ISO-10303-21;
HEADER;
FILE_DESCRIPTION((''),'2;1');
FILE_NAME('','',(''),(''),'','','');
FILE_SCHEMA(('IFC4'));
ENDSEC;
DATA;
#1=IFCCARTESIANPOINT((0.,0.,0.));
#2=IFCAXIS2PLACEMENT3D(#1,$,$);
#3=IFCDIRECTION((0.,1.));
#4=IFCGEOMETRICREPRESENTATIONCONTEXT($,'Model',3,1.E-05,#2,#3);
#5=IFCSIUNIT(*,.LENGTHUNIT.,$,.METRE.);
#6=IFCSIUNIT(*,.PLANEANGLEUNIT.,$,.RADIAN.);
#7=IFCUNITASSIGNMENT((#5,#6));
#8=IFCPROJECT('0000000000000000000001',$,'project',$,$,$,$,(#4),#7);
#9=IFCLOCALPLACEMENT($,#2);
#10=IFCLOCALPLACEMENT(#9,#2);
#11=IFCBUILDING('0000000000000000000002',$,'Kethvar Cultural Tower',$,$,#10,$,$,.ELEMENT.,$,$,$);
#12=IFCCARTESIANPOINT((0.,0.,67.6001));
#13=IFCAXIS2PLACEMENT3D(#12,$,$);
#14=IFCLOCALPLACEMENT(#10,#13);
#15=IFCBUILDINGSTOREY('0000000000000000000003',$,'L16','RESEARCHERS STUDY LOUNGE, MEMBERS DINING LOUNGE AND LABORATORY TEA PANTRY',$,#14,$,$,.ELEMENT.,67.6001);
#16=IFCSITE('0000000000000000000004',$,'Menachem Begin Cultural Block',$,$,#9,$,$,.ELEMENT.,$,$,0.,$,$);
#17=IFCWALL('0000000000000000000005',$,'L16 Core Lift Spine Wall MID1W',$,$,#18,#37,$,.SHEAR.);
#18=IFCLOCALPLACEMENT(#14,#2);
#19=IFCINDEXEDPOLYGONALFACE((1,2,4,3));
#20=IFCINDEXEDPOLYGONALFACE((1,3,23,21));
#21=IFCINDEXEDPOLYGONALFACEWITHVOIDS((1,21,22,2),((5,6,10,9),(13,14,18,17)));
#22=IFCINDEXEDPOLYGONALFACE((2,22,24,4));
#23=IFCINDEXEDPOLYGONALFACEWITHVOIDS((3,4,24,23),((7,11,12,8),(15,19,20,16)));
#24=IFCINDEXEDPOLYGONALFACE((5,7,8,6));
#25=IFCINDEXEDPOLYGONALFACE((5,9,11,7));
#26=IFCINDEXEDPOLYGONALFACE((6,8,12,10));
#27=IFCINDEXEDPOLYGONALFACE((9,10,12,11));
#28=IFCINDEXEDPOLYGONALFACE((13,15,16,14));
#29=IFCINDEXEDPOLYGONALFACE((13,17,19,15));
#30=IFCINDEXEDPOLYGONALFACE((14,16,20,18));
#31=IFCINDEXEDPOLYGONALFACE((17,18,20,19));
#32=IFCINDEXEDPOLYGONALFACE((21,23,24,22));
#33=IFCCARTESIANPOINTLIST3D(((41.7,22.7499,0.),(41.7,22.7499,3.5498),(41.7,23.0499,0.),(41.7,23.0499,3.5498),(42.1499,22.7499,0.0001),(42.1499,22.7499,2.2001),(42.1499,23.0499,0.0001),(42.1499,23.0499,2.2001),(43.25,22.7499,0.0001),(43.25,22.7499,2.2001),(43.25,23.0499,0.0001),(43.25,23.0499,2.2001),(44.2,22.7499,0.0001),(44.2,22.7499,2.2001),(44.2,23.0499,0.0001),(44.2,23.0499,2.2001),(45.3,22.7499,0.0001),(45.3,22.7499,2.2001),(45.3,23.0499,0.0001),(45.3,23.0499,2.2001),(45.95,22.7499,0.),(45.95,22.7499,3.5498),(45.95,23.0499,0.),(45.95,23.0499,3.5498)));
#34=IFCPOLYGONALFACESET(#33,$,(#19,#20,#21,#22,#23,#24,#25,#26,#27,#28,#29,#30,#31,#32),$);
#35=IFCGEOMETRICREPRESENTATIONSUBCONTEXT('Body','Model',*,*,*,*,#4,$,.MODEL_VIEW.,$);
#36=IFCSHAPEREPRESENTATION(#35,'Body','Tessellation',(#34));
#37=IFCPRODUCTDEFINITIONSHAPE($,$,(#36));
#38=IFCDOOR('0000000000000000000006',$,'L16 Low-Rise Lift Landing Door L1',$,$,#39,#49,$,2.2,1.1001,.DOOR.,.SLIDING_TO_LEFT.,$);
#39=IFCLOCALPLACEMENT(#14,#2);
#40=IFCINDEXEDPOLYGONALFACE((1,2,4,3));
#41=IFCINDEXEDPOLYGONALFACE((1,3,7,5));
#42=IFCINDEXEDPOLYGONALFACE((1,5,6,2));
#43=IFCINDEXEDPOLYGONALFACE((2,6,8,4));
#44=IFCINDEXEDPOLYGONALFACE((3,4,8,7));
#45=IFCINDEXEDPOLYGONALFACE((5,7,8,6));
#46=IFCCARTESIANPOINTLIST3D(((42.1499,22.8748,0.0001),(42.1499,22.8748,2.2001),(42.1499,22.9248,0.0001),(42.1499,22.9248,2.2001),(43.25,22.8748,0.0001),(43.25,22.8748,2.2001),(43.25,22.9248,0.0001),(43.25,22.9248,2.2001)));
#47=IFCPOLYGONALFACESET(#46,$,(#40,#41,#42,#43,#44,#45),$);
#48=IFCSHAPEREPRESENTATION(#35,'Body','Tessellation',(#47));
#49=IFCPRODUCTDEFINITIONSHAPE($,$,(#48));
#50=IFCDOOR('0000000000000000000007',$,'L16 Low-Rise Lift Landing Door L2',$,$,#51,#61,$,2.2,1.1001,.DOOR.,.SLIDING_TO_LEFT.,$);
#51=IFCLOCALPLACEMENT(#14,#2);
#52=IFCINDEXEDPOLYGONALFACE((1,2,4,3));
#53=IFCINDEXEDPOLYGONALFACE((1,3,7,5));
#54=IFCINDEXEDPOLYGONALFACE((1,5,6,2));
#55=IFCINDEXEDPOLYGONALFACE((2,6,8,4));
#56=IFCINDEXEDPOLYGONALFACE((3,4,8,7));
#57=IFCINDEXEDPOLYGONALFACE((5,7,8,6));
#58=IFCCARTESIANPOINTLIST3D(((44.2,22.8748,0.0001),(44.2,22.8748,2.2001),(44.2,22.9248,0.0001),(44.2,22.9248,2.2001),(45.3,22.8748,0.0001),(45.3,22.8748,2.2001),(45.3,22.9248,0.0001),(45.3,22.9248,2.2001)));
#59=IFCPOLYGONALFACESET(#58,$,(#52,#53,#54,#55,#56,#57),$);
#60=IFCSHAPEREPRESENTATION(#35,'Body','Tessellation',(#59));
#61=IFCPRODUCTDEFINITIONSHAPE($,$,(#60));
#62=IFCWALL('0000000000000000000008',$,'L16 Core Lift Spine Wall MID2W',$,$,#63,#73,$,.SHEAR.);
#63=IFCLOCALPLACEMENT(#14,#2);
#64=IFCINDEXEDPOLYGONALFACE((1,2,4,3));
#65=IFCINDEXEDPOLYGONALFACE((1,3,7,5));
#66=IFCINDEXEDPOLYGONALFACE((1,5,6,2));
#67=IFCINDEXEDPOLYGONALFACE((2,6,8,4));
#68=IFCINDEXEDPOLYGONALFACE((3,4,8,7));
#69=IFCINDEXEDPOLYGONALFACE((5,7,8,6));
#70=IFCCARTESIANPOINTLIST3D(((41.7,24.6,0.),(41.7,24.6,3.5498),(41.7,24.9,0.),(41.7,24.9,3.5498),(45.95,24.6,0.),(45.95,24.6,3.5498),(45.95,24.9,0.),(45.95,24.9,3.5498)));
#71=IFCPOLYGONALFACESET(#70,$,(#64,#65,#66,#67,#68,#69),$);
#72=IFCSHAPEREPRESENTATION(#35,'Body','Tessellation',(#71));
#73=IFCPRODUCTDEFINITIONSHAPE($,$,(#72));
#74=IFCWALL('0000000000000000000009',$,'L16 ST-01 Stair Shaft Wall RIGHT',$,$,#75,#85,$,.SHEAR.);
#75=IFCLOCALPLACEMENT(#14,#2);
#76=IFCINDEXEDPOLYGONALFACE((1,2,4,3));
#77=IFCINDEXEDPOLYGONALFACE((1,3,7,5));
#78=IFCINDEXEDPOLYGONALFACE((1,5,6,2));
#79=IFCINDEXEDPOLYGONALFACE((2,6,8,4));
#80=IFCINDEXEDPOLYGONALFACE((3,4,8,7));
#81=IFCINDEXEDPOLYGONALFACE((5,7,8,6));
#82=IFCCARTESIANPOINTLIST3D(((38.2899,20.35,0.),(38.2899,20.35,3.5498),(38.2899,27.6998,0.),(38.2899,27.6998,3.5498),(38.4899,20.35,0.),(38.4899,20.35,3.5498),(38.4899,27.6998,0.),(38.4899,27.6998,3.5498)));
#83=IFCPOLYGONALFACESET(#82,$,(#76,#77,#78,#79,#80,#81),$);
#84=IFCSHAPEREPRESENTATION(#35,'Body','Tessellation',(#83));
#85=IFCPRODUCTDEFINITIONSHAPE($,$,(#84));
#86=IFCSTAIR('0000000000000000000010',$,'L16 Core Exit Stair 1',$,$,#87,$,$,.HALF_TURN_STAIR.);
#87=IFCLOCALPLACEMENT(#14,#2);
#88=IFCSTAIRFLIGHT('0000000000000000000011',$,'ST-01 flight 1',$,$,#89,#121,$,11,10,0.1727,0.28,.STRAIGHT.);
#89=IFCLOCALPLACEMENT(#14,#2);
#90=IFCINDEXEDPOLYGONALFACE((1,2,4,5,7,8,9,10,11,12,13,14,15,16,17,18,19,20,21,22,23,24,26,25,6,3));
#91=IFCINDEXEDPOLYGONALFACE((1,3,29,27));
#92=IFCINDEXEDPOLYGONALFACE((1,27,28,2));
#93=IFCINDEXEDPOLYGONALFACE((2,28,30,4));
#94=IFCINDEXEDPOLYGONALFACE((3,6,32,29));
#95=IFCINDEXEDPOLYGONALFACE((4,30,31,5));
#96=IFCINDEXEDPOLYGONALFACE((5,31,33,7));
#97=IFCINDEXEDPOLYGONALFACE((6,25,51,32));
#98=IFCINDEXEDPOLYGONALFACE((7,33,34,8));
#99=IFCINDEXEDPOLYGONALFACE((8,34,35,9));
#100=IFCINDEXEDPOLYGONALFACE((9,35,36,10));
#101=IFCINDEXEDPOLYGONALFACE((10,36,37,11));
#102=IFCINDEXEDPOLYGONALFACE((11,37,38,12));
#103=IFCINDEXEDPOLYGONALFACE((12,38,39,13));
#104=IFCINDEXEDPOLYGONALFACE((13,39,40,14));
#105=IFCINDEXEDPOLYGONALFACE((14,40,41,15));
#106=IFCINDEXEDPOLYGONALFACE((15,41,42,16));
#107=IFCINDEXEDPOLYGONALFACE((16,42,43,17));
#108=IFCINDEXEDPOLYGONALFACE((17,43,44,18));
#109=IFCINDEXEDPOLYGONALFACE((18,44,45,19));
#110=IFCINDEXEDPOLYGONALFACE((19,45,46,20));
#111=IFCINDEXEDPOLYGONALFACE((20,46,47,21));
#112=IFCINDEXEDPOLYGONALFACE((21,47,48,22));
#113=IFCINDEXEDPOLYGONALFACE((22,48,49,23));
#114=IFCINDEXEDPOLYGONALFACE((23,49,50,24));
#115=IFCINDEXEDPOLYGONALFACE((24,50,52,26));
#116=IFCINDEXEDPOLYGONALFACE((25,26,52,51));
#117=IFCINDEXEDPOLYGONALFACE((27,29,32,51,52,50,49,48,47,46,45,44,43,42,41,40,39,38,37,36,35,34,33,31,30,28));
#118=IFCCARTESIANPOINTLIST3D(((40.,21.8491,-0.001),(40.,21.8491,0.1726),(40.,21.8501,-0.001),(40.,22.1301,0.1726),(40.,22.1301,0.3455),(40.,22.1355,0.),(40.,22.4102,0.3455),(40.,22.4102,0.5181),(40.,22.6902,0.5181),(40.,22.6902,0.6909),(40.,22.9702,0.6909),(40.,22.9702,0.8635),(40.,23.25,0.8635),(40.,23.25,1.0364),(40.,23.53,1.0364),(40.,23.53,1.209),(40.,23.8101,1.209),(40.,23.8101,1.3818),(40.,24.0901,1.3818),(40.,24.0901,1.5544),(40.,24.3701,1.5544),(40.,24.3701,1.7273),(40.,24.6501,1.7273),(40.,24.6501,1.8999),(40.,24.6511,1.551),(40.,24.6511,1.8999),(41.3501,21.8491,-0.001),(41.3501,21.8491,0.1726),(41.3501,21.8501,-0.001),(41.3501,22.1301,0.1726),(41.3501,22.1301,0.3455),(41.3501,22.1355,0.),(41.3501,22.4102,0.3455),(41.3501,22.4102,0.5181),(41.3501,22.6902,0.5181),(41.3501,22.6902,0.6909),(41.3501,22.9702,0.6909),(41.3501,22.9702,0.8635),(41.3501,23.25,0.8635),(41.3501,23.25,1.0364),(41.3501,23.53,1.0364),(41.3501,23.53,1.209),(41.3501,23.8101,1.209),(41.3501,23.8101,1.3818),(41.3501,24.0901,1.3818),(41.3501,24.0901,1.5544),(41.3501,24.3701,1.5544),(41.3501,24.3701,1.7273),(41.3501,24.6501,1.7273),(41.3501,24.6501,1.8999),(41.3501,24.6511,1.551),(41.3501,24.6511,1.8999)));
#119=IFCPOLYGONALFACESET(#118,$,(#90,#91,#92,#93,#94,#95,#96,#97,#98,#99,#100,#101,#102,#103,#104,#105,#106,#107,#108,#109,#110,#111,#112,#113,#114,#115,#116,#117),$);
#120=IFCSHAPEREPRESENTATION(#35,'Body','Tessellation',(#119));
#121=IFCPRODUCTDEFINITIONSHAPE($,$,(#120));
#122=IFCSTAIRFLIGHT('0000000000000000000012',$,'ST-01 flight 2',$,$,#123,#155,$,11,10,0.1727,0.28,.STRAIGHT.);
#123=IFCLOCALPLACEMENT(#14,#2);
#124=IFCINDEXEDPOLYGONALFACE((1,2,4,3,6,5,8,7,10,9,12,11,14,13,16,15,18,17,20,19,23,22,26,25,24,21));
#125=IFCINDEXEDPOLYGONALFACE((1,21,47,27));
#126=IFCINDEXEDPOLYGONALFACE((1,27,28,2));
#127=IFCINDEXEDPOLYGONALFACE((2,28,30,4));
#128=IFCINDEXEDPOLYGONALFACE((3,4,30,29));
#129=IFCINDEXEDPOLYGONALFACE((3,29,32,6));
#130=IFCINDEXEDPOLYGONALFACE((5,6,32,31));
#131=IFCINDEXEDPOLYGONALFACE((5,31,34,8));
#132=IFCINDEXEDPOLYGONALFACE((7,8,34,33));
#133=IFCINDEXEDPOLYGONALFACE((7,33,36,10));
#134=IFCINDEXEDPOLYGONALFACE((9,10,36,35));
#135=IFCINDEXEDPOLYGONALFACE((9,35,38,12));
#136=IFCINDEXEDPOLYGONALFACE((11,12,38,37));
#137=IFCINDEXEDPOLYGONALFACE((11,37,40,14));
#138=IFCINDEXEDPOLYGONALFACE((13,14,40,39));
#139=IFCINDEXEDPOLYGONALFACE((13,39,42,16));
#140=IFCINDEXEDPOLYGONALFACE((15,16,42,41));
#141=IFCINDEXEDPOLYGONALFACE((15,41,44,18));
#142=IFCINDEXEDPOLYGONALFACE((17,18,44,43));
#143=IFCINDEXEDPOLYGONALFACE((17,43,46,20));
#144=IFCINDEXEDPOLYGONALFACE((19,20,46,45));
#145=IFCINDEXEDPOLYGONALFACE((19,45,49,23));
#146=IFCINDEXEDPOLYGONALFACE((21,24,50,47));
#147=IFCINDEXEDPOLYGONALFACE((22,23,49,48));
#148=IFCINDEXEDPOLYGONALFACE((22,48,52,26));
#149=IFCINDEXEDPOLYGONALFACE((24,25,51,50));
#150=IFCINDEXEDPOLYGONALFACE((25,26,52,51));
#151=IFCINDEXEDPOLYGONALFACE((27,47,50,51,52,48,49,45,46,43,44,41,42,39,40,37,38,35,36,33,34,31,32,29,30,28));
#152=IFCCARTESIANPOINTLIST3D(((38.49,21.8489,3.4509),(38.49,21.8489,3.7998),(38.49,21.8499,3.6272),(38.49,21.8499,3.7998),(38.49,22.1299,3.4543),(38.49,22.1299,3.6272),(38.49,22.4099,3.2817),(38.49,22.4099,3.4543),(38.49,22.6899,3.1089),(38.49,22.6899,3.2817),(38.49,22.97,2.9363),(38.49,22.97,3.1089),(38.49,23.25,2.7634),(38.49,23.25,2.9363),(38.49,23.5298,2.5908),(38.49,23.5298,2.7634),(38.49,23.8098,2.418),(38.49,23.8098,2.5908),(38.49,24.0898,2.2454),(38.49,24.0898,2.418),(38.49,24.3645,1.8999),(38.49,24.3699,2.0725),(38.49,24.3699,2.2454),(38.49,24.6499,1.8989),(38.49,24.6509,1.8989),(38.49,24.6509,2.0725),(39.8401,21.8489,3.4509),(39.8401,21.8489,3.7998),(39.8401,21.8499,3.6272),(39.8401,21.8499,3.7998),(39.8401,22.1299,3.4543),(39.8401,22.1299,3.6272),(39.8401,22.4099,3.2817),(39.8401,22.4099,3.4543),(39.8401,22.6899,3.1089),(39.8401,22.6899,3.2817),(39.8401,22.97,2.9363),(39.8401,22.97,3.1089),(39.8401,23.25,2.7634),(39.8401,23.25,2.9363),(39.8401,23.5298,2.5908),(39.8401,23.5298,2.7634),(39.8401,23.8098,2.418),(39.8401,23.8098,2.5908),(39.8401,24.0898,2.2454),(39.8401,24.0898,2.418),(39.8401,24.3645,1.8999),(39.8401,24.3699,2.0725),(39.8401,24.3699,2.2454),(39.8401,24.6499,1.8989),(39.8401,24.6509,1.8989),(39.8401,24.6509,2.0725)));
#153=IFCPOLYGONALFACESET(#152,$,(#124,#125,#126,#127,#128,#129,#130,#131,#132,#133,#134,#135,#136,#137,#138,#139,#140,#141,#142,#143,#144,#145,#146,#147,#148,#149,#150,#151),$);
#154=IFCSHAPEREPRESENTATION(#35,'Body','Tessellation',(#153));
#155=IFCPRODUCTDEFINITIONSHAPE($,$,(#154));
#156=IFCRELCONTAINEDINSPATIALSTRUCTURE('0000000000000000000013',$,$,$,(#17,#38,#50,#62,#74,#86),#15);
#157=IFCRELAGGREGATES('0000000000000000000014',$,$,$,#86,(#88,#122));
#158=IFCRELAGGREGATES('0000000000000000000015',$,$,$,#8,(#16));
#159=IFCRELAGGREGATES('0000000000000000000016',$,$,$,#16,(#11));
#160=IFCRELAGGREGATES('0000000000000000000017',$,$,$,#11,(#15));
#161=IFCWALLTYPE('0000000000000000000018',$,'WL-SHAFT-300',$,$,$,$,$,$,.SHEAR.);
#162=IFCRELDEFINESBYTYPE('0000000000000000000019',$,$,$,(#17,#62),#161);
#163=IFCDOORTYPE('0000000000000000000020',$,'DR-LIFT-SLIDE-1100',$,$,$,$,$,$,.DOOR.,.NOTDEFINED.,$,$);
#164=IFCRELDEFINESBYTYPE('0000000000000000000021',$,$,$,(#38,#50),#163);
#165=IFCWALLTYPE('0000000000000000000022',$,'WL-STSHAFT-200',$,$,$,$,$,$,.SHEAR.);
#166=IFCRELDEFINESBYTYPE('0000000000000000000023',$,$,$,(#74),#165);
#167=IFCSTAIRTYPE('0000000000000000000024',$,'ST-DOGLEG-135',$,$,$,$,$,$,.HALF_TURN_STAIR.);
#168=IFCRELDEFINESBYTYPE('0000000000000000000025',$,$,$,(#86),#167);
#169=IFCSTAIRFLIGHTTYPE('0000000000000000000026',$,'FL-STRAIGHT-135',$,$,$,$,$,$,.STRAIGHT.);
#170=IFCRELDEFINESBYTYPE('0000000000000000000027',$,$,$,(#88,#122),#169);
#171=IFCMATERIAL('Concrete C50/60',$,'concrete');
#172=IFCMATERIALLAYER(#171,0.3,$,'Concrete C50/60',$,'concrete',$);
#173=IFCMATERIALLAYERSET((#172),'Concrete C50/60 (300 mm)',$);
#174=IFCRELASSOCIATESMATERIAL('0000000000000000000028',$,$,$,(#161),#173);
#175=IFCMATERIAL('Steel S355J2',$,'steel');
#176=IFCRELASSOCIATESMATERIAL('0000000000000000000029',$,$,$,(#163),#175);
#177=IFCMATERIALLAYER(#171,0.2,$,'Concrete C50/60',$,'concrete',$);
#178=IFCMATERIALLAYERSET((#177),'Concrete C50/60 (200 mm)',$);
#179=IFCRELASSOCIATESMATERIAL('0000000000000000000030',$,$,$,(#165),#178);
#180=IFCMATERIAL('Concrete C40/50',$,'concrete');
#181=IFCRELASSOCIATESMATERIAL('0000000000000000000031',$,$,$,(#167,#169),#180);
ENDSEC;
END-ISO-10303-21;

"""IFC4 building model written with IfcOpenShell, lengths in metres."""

from ifc_helpers import new_model, si_unit, direction, frame, frame_2d, origin, place, context, subcontext, project, spatial, polyline, rectangle, outline, extrude, source, transform, mapped, material, layer, layer_set, type_object, element, fill, aggregate, save


model = new_model("IFC4")

# Units and contexts
model_context = context("Model", 3, precision=1e-05, world=origin(), true_north=direction((0.0, 1.0)))
body_context = subcontext(model_context, "Body", "Model", "MODEL_VIEW")
ifc_project = project(units=[si_unit("LENGTHUNIT", "METRE"), si_unit("PLANEANGLEUNIT", "RADIAN")], contexts=[model_context])

# Site, building, storey
site_placement = place(None, origin())
site = spatial("IfcSite", under=ifc_project, at=site_placement, Name="Menachem Begin Cultural Block", CompositionType="ELEMENT", RefElevation=0.0)
building_placement = place(site_placement, origin())
building = spatial("IfcBuilding", under=site, at=building_placement, Name="Kethvar Cultural Tower", CompositionType="ELEMENT")
storey_placement = place(building_placement, frame((0.0, 0.0, 67.6001)))
storey = spatial("IfcBuildingStorey", under=building, at=storey_placement, Name="L16", Description="RESEARCHERS STUDY LOUNGE, MEMBERS DINING LOUNGE AND LABORATORY TEA PANTRY", CompositionType="ELEMENT", Elevation=67.6001)

# Shared definitions
ifc_material_1 = material(Name="Steel S355J2", Category="steel")

# Wall, openings, doors
ifc_material_2 = material(Name="Concrete C50/60", Category="concrete")
ifc_layer_1 = layer(ifc_material_2, 0.3, Name="Concrete C50/60", Category="concrete")
ifc_layer_set_1 = layer_set([ifc_layer_1], Name="Concrete C50/60 (300 mm)")
wall_type_1 = type_object("IfcWallType", Name="WL-SHAFT-300", PredefinedType="SHEAR", material=ifc_layer_set_1)
wall_1_placement = place(storey_placement, frame((41.7, 22.8999, 0.0), z_axis=(0.0, 0.0, 1.0), x_axis=(1.0, 0.0, 0.0)))
wall_1 = element("IfcWall", 1, at=wall_1_placement, inside=storey, type_object=wall_type_1, Name="L16 Core Lift Spine Wall MID1W", PredefinedType="SHEAR", context=body_context, shape_type="SweptSolid", body=[
    extrude(rectangle(XDim=4.25, YDim=0.3, at=frame_2d((2.125, 0.0))), origin(), (0.0, 0.0, 1.0), 3.5498),
])
opening_1_placement = place(wall_1_placement, frame((0.45, 0.0, 0.0)))
opening_1 = element("IfcOpeningElement", 2, at=opening_1_placement, cuts=wall_1, PredefinedType="OPENING", context=body_context, shape_type="SweptSolid", body=[
    extrude(rectangle(XDim=1.1001, YDim=2.2, at=frame_2d((0.55, 1.1001))), frame((0.0, 0.1599, 0.0), z_axis=(0.0, -1.0, 0.0), x_axis=(1.0, 0.0, 0.0)), (0.0, 0.0, 1.0), 0.3201),
])
opening_2_placement = place(wall_1_placement, frame((2.5, 0.0, 0.0)))
opening_2 = element("IfcOpeningElement", 3, at=opening_2_placement, cuts=wall_1, PredefinedType="OPENING", context=body_context, shape_type="SweptSolid", body=[
    extrude(rectangle(XDim=1.1001, YDim=2.2, at=frame_2d((0.55, 1.1001))), frame((0.0, 0.1599, 0.0), z_axis=(0.0, -1.0, 0.0), x_axis=(1.0, 0.0, 0.0)), (0.0, 0.0, 1.0), 0.3201),
])
door_type_1 = type_object("IfcDoorType", Name="DR-LIFT-SLIDE-1100", OperationType="NOTDEFINED", PredefinedType="DOOR", material=ifc_material_1)
shared_shape_1 = source(origin(), body_context, "Body", "SweptSolid", [
    extrude(rectangle(XDim=1.1001, YDim=2.2, at=frame_2d((0.55, 1.1001))), frame((0.0, 0.0249, 0.0), z_axis=(0.0, -1.0, 0.0), x_axis=(1.0, 0.0, 0.0)), (0.0, 0.0, 1.0), 0.05),
])
door_1_placement = place(opening_1_placement, origin())
door_1 = element("IfcDoor", 4, at=door_1_placement, inside=storey, type_object=door_type_1, Name="L16 Low-Rise Lift Landing Door L1", OperationType="SLIDING_TO_LEFT", OverallHeight=2.2, OverallWidth=1.1001, PredefinedType="DOOR", context=body_context, shape_type="MappedRepresentation", body=[
    mapped(shared_shape_1, transform((0.0, 0.0, 0.0), scale=1.0)),
])
fill(opening_1, door_1)
door_2_placement = place(opening_2_placement, origin())
door_2 = element("IfcDoor", 5, at=door_2_placement, inside=storey, type_object=door_type_1, Name="L16 Low-Rise Lift Landing Door L2", OperationType="SLIDING_TO_LEFT", OverallHeight=2.2, OverallWidth=1.1001, PredefinedType="DOOR", context=body_context, shape_type="MappedRepresentation", body=[
    mapped(shared_shape_1, transform((0.0, 0.0, 0.0), scale=1.0)),
])
fill(opening_2, door_2)

# Walls
wall_2_placement = place(storey_placement, frame((41.7, 24.75, 0.0), z_axis=(0.0, 0.0, 1.0), x_axis=(1.0, 0.0, 0.0)))
element("IfcWall", 6, at=wall_2_placement, inside=storey, type_object=wall_type_1, Name="L16 Core Lift Spine Wall MID2W", PredefinedType="SHEAR", context=body_context, shape_type="SweptSolid", body=[
    extrude(rectangle(XDim=4.25, YDim=0.3, at=frame_2d((2.125, 0.0))), origin(), (0.0, 0.0, 1.0), 3.5498),
])
ifc_layer_2 = layer(ifc_material_2, 0.2, Name="Concrete C50/60", Category="concrete")
ifc_layer_set_2 = layer_set([ifc_layer_2], Name="Concrete C50/60 (200 mm)")
wall_type_2 = type_object("IfcWallType", Name="WL-STSHAFT-200", PredefinedType="SHEAR", material=ifc_layer_set_2)
wall_3_placement = place(storey_placement, frame((38.3899, 20.3501, 0.0), z_axis=(0.0, 0.0, 1.0), x_axis=(0.0, 1.0, 0.0)))
element("IfcWall", 7, at=wall_3_placement, inside=storey, type_object=wall_type_2, Name="L16 ST-01 Stair Shaft Wall RIGHT", PredefinedType="SHEAR", context=body_context, shape_type="SweptSolid", body=[
    extrude(rectangle(XDim=7.3499, YDim=0.2, at=frame_2d((3.6748, 0.0))), origin(), (0.0, 0.0, 1.0), 3.5498),
])

# Stair, stair flights
ifc_material_3 = material(Name="Concrete C40/50", Category="concrete")
stair_type = type_object("IfcStairType", Name="ST-DOGLEG-135", PredefinedType="HALF_TURN_STAIR", material=ifc_material_3)
stair_placement = place(storey_placement, origin())
stair = element("IfcStair", 8, at=stair_placement, inside=storey, type_object=stair_type, Name="L16 Core Exit Stair 1", PredefinedType="HALF_TURN_STAIR")
stair_flight_type = type_object("IfcStairFlightType", Name="FL-STRAIGHT-135", PredefinedType="STRAIGHT", material=ifc_material_3)
stair_flight_1_placement = place(storey_placement, frame((40.675, 21.8501, 0.0), z_axis=(0.0, 0.0, 1.0), x_axis=(0.0, 1.0, 0.0)))
stair_flight_1 = element("IfcStairFlight", 9, at=stair_flight_1_placement, type_object=stair_flight_type, Name="ST-01 flight 1", NumberOfRisers=11, NumberOfTreads=10, PredefinedType="STRAIGHT", RiserHeight=0.1727, TreadLength=0.28, context=body_context, shape_type="SweptSolid", body=[
    extrude(outline(polyline([(-0.001, -0.001), (-0.001, 0.1726), (0.28, 0.1726), (0.28, 0.3455), (0.5601, 0.3455), (0.5601, 0.5181), (0.8401, 0.5181), (0.8401, 0.6909), (1.1201, 0.6909), (1.1201, 0.8635), (1.3999, 0.8635), (1.3999, 1.0364), (1.6799, 1.0364), (1.6799, 1.209), (1.96, 1.209), (1.96, 1.3818), (2.24, 1.3818), (2.24, 1.5544), (2.52, 1.5544), (2.52, 1.7273), (2.8, 1.7273), (2.8, 1.8999), (2.801, 1.8999), (2.801, 1.551), (0.2854, 0.0), (0.0, -0.001), (-0.001, -0.001)])), frame((0.0, 0.675, 0.0), z_axis=(0.0, -1.0, 0.0), x_axis=(1.0, 0.0, 0.0)), (0.0, 0.0, 1.0), 1.3501),
])
stair_flight_2_placement = place(storey_placement, frame((39.165, 24.6499, 1.8999), z_axis=(0.0, 0.0, 1.0), x_axis=(0.0, -1.0, 0.0)))
stair_flight_2 = element("IfcStairFlight", 10, at=stair_flight_2_placement, type_object=stair_flight_type, Name="ST-01 flight 2", NumberOfRisers=11, NumberOfTreads=10, PredefinedType="STRAIGHT", RiserHeight=0.1727, TreadLength=0.28, context=body_context, shape_type="SweptSolid", body=[
    extrude(outline(polyline([(-0.001, -0.001), (-0.001, 0.1726), (0.28, 0.1726), (0.28, 0.3455), (0.5601, 0.3455), (0.5601, 0.5181), (0.8401, 0.5181), (0.8401, 0.6909), (1.1201, 0.6909), (1.1201, 0.8635), (1.3999, 0.8635), (1.3999, 1.0364), (1.6799, 1.0364), (1.6799, 1.209), (1.96, 1.209), (1.96, 1.3818), (2.24, 1.3818), (2.24, 1.5544), (2.52, 1.5544), (2.52, 1.7273), (2.8, 1.7273), (2.8, 1.8999), (2.801, 1.8999), (2.801, 1.551), (0.2854, 0.0), (0.0, -0.001), (-0.001, -0.001)])), frame((0.0, 0.675, 0.0), z_axis=(0.0, -1.0, 0.0), x_axis=(1.0, 0.0, 0.0)), (0.0, 0.0, 1.0), 1.3501),
])
aggregate(stair, [stair_flight_1, stair_flight_2])

save(model, "model.ifc")
